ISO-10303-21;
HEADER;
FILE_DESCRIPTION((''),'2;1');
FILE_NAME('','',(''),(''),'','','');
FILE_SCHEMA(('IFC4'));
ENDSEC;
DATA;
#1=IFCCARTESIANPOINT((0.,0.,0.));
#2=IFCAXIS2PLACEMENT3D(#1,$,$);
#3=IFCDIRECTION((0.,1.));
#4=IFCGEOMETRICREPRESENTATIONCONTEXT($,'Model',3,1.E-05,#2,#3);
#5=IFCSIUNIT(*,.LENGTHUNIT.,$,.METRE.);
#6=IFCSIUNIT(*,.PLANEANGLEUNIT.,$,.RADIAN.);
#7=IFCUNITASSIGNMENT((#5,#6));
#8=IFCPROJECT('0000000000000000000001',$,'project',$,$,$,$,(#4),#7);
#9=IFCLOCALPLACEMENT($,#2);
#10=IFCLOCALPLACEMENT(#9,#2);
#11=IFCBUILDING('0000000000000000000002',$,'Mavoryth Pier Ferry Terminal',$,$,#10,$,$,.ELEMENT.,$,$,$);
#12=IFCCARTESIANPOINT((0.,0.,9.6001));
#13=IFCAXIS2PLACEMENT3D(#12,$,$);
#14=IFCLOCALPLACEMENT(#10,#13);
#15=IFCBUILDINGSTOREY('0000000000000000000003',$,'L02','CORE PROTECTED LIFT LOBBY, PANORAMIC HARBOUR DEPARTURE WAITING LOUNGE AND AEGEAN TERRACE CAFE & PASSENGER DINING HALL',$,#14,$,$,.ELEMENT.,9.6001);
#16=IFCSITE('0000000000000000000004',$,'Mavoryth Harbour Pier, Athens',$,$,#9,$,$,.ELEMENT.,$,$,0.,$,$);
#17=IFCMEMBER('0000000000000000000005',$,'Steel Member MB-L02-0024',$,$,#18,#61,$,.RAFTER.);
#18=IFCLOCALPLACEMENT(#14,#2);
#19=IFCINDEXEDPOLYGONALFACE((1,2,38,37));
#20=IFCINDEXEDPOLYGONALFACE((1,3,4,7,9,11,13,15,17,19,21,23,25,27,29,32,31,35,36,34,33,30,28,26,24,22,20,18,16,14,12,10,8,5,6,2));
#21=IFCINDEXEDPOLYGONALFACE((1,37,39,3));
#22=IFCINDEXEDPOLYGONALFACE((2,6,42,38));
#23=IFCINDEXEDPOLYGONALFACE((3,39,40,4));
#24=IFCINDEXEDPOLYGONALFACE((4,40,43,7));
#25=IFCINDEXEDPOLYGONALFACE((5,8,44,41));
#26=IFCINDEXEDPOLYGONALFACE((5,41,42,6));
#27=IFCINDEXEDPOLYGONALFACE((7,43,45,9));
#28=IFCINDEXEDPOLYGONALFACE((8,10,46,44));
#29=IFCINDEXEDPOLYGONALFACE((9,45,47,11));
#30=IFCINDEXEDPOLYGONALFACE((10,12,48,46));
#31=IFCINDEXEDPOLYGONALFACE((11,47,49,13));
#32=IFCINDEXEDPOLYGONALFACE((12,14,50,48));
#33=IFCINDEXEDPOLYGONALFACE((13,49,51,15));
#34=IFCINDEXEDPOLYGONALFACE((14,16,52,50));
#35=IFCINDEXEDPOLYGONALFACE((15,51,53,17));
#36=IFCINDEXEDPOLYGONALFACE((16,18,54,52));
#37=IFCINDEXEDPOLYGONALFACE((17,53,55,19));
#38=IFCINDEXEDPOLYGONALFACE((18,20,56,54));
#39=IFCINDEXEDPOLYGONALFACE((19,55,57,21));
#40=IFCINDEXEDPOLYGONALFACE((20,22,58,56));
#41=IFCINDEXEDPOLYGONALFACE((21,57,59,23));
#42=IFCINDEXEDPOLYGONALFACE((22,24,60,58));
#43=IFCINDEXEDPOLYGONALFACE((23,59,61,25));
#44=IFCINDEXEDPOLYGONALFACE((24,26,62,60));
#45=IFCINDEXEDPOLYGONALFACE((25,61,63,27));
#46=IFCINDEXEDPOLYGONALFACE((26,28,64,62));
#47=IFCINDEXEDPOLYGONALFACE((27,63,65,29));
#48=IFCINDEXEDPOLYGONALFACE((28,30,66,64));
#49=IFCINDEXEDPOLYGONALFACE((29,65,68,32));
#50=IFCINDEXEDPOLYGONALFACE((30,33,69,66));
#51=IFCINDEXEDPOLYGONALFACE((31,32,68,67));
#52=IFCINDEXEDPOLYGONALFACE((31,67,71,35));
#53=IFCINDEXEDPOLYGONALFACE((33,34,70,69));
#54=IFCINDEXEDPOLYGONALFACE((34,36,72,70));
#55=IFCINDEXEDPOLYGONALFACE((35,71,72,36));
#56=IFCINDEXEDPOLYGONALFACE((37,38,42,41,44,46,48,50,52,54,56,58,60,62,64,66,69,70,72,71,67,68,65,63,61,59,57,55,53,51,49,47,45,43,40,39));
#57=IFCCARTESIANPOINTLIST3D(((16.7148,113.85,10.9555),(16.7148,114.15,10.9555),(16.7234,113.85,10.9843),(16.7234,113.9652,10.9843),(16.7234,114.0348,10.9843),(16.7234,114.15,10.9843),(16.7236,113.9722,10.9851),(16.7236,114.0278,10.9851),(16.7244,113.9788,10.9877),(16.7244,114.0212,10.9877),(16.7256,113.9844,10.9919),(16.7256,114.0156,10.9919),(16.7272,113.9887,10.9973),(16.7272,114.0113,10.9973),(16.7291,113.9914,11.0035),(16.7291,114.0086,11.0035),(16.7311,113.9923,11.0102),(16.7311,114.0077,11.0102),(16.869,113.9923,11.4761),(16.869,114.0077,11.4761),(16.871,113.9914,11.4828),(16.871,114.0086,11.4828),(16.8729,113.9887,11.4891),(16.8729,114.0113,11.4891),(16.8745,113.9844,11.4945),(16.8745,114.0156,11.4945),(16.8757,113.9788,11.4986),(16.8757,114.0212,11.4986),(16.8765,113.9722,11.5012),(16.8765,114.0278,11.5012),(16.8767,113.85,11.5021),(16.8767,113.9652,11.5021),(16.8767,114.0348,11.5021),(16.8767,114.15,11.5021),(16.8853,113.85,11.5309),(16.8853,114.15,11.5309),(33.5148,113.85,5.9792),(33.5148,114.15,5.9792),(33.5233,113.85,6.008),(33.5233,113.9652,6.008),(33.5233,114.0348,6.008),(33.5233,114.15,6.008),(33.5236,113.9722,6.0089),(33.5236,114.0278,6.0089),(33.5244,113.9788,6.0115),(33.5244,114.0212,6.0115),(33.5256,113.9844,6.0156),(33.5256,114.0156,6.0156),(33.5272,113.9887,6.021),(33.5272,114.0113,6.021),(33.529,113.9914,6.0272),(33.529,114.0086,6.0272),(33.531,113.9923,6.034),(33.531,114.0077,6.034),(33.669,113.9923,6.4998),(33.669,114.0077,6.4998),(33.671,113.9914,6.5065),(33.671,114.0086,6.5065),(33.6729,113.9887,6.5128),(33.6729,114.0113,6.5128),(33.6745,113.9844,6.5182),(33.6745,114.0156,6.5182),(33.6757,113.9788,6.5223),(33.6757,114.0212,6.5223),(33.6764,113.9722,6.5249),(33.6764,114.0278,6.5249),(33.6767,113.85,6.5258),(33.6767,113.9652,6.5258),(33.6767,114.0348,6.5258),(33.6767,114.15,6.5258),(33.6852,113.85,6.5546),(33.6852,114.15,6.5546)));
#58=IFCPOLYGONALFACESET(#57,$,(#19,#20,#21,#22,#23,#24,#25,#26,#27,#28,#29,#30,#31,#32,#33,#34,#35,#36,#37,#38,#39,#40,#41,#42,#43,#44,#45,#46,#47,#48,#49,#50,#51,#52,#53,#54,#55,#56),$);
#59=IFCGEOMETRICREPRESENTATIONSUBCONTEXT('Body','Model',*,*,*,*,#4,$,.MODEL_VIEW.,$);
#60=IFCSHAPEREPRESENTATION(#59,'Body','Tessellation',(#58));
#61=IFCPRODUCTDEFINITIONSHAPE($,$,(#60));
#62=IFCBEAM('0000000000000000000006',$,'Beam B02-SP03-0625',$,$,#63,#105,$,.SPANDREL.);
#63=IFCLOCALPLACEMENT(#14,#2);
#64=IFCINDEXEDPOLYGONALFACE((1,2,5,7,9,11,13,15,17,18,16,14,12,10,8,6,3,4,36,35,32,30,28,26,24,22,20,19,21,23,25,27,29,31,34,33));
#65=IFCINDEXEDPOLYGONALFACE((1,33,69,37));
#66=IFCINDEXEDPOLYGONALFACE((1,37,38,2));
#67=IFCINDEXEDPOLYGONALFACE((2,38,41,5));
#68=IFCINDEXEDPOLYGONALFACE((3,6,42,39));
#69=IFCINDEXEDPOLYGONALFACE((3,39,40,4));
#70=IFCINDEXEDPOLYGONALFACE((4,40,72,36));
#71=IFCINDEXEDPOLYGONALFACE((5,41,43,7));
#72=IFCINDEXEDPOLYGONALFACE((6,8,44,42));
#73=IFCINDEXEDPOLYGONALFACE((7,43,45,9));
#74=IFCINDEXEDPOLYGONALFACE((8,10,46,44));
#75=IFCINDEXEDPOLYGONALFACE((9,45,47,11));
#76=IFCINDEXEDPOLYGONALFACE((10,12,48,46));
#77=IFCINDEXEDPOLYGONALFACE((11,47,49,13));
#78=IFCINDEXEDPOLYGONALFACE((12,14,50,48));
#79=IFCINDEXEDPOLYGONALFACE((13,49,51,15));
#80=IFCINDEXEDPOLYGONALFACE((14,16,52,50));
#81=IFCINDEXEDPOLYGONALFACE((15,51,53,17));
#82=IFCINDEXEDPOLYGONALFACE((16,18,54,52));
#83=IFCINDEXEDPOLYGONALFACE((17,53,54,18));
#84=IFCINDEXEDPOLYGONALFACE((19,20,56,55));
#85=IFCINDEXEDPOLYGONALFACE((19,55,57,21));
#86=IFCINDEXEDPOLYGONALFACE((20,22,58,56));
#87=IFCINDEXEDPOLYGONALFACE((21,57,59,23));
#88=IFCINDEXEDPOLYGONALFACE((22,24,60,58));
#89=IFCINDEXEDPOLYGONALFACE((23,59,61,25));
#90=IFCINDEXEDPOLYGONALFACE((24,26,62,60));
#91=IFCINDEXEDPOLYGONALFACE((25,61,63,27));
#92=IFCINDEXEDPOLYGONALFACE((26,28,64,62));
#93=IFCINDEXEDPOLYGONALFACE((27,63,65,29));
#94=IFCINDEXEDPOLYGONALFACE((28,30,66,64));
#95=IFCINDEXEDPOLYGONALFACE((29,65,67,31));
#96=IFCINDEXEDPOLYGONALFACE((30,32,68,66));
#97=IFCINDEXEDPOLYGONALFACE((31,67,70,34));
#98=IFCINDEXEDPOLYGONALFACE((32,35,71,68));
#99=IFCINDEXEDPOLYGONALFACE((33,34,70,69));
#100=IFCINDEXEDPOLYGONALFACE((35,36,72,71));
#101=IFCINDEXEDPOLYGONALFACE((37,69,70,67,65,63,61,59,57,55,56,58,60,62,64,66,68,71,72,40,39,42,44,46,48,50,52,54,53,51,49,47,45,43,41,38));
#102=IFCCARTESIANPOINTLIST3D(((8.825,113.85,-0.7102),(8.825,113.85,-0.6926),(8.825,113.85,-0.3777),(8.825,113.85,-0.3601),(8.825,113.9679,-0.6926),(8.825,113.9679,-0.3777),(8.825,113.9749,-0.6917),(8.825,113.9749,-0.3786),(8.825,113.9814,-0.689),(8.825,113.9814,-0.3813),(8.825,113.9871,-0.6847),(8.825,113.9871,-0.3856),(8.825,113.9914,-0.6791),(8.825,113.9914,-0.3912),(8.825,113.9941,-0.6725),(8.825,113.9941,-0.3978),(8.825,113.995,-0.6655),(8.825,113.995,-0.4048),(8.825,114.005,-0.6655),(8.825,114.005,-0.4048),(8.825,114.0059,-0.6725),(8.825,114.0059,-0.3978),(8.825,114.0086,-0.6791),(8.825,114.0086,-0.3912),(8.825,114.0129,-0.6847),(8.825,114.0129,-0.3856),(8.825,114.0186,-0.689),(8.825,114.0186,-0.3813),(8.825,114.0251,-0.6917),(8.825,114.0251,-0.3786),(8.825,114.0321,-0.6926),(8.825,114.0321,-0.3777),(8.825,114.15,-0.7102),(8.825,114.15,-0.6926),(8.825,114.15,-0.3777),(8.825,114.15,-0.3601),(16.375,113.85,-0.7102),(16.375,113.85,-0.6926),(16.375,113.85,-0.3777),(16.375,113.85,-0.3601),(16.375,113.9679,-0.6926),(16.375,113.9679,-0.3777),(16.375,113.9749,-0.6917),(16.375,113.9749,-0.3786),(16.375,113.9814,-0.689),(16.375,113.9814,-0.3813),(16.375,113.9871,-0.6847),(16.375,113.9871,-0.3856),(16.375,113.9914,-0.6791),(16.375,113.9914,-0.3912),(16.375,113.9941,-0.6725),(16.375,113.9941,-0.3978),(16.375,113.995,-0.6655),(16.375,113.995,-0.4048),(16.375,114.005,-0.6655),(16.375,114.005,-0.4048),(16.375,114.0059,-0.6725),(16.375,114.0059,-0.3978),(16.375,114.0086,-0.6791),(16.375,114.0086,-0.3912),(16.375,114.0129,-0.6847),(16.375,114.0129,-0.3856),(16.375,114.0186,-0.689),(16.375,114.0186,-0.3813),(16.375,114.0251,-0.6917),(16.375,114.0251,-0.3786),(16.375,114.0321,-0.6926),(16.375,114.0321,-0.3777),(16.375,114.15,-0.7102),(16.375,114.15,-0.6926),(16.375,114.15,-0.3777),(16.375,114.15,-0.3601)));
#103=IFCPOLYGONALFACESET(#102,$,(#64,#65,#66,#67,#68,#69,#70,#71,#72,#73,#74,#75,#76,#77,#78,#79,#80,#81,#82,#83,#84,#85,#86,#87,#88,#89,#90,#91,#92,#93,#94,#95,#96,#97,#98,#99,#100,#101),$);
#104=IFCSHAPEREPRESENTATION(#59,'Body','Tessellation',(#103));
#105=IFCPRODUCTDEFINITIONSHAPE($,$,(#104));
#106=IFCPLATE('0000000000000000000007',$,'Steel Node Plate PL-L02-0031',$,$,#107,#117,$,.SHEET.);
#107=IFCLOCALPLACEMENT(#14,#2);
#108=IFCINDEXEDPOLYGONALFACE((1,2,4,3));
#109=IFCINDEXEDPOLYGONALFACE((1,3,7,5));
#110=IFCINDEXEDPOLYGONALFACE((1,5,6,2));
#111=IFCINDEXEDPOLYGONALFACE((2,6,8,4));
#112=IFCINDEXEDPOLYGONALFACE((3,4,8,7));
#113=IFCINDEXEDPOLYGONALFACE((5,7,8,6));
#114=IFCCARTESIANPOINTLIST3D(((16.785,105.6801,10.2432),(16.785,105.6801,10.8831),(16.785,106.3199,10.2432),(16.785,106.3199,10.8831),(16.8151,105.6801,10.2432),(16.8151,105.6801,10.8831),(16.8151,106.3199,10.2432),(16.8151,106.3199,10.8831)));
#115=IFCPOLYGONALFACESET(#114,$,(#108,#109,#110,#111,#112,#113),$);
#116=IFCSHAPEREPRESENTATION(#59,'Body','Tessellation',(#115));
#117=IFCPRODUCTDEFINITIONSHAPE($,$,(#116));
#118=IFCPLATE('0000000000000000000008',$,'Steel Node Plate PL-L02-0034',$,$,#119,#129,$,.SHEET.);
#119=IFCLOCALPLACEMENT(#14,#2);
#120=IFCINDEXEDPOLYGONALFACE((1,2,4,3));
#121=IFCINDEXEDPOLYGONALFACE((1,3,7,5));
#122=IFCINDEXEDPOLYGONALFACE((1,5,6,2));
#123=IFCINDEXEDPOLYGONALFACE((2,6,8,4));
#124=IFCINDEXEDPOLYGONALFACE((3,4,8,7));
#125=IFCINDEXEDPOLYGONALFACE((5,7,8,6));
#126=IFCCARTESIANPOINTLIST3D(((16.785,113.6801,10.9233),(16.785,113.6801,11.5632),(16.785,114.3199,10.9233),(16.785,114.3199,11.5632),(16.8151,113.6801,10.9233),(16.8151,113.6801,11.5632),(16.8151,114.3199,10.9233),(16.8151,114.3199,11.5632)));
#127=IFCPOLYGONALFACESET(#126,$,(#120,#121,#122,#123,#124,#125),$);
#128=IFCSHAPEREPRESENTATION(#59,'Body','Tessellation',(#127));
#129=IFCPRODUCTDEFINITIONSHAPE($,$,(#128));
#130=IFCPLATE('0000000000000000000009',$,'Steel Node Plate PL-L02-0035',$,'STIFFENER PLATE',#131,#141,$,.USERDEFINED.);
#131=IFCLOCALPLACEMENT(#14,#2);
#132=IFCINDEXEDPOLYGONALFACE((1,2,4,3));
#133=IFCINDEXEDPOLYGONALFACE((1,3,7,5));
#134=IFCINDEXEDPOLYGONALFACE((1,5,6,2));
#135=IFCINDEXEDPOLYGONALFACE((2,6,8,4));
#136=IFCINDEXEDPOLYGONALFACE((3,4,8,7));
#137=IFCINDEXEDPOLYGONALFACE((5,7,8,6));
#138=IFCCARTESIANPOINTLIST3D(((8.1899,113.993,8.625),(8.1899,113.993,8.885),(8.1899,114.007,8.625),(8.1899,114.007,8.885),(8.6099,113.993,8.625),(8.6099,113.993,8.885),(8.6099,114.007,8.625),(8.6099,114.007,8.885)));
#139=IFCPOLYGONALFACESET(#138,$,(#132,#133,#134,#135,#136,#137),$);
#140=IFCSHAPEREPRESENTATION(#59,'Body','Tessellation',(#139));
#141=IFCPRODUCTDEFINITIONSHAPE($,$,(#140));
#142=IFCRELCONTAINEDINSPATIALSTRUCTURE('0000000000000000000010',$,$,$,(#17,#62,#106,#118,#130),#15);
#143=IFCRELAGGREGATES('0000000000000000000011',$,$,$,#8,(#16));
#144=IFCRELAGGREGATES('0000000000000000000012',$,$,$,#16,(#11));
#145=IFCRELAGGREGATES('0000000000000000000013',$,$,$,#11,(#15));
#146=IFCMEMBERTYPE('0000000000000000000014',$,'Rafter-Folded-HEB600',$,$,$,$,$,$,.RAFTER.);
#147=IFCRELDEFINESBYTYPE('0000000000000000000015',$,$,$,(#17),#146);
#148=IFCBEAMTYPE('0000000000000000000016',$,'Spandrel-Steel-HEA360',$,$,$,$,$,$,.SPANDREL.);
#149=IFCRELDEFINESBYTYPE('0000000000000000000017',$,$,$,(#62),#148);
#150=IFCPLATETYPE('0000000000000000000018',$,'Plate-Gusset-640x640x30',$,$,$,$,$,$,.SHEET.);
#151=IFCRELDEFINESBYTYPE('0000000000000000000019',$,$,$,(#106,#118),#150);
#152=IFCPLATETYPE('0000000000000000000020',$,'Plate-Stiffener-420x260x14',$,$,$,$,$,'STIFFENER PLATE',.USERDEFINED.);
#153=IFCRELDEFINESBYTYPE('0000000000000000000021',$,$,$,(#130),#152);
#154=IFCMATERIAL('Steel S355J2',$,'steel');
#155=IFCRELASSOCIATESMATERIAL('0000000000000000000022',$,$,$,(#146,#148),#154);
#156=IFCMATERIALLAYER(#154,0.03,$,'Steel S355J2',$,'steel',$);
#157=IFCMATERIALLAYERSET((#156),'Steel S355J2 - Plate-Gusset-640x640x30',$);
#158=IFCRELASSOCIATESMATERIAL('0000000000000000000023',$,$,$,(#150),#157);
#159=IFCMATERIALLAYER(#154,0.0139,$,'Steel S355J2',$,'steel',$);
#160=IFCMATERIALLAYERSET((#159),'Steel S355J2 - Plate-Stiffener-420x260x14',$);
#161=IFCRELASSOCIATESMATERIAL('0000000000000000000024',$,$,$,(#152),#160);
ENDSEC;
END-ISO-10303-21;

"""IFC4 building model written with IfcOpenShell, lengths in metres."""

from ifc_helpers import new_model, si_unit, direction, frame, origin, origin_2d, place, context, subcontext, project, spatial, rectangle, i_section, extrude, material, layer, layer_set, material_profile, profile_set, type_object, element, save


model = new_model("IFC4")

# Units and contexts
model_context = context("Model", 3, precision=1e-05, world=origin(), true_north=direction((0.0, 1.0)))
body_context = subcontext(model_context, "Body", "Model", "MODEL_VIEW")
ifc_project = project(units=[si_unit("LENGTHUNIT", "METRE"), si_unit("PLANEANGLEUNIT", "RADIAN")], contexts=[model_context])

# Site, building, storey
site_placement = place(None, origin())
site = spatial("IfcSite", under=ifc_project, at=site_placement, Name="Mavoryth Harbour Pier, Athens", CompositionType="ELEMENT", RefElevation=0.0)
building_placement = place(site_placement, origin())
building = spatial("IfcBuilding", under=site, at=building_placement, Name="Mavoryth Pier Ferry Terminal", CompositionType="ELEMENT")
storey_placement = place(building_placement, frame((0.0, 0.0, 9.6001)))
storey = spatial("IfcBuildingStorey", under=building, at=storey_placement, Name="L02", Description="CORE PROTECTED LIFT LOBBY, PANORAMIC HARBOUR DEPARTURE WAITING LOUNGE AND AEGEAN TERRACE CAFE & PASSENGER DINING HALL", CompositionType="ELEMENT", Elevation=9.6001)

# Shared definitions
ifc_material_1 = material(Name="Steel S355J2", Category="steel")

# Member
ifc_material_profile_1 = material_profile(ifc_material_1, i_section(OverallWidth=0.3, OverallDepth=0.6001, WebThickness=0.0154, FlangeThickness=0.03, FilletRadius=0.0271, at=origin_2d()), Name="HEB 600", Category="steel")
ifc_profile_set_1 = profile_set([ifc_material_profile_1], Name="Steel S355J2 - HEB 600")
member_type_1 = type_object("IfcMemberType", Name="Rafter-Folded-HEB600", PredefinedType="RAFTER", material=ifc_profile_set_1)
member_1_placement = place(storey_placement, frame((16.8, 114.0, 11.2432), z_axis=(0.958821, 0.0, -0.284011), x_axis=(0.0, 1.0, 0.0)))
element("IfcMember", 1, at=member_1_placement, inside=storey, type_object=member_type_1, Name="Steel Member MB-L02-0024", PredefinedType="RAFTER", context=body_context, shape_type="SweptSolid", body=[
    extrude(i_section(OverallWidth=0.3, OverallDepth=0.6001, WebThickness=0.0154, FlangeThickness=0.03, FilletRadius=0.0271, at=origin_2d()), origin(), (0.0, 0.0, 1.0), 17.5215),
])

# Beam
ifc_material_profile_2 = material_profile(ifc_material_1, i_section(OverallWidth=0.3, OverallDepth=0.3501, WebThickness=0.01, FlangeThickness=0.0176, FilletRadius=0.0271, at=origin_2d()), Name="HEA 360", Category="steel")
ifc_profile_set_2 = profile_set([ifc_material_profile_2], Name="Steel S355J2 - HEA 360")
beam_type_1 = type_object("IfcBeamType", Name="Spandrel-Steel-HEA360", PredefinedType="SPANDREL", material=ifc_profile_set_2)
beam_1_placement = place(storey_placement, frame((8.825, 114.0, -0.5352), z_axis=(1.0, 0.0, 0.0), x_axis=(0.0, 1.0, 0.0)))
element("IfcBeam", 2, at=beam_1_placement, inside=storey, type_object=beam_type_1, Name="Beam B02-SP03-0625", PredefinedType="SPANDREL", context=body_context, shape_type="SweptSolid", body=[
    extrude(i_section(OverallWidth=0.3, OverallDepth=0.3501, WebThickness=0.01, FlangeThickness=0.0176, FilletRadius=0.0271, at=origin_2d()), origin(), (0.0, 0.0, 1.0), 7.55),
])

# Plates
ifc_layer_1 = layer(ifc_material_1, 0.03, Name="Steel S355J2", Category="steel")
ifc_layer_set_1 = layer_set([ifc_layer_1], Name="Steel S355J2 - Plate-Gusset-640x640x30")
plate_type_1 = type_object("IfcPlateType", Name="Plate-Gusset-640x640x30", PredefinedType="SHEET", material=ifc_layer_set_1)
for number, where, z_axis, x_axis, name in (
    (3, (16.8, 106.0, 10.2432), (0.0, 0.0, 1.0), (0.0, 1.0, 0.0), "Steel Node Plate PL-L02-0031"),
    (4, (16.8, 114.0, 10.9233), (0.0, 0.0, 1.0), (0.0, 1.0, 0.0), "Steel Node Plate PL-L02-0034"),
):
    element("IfcPlate", number, at=place(storey_placement, frame(where, z_axis=z_axis, x_axis=x_axis)), inside=storey, type_object=plate_type_1, Name=name, PredefinedType="SHEET", context=body_context, shape_type="SweptSolid", body=[
        extrude(rectangle(XDim=0.6399, YDim=0.03, at=origin_2d()), origin(), (0.0, 0.0, 1.0), 0.6399),
    ])
ifc_layer_2 = layer(ifc_material_1, 0.0139, Name="Steel S355J2", Category="steel")
ifc_layer_set_2 = layer_set([ifc_layer_2], Name="Steel S355J2 - Plate-Stiffener-420x260x14")
plate_type_2 = type_object("IfcPlateType", Name="Plate-Stiffener-420x260x14", ElementType="STIFFENER PLATE", PredefinedType="USERDEFINED", material=ifc_layer_set_2)
plate_placement = place(storey_placement, frame((8.3999, 114.0, 8.625), z_axis=(0.0, 0.0, 1.0), x_axis=(1.0, 0.0, 0.0)))
element("IfcPlate", 5, at=plate_placement, inside=storey, type_object=plate_type_2, Name="Steel Node Plate PL-L02-0035", ObjectType="STIFFENER PLATE", PredefinedType="USERDEFINED", context=body_context, shape_type="SweptSolid", body=[
    extrude(rectangle(XDim=0.4199, YDim=0.0139, at=origin_2d()), origin(), (0.0, 0.0, 1.0), 0.26),
])

save(model, "model.ifc")
